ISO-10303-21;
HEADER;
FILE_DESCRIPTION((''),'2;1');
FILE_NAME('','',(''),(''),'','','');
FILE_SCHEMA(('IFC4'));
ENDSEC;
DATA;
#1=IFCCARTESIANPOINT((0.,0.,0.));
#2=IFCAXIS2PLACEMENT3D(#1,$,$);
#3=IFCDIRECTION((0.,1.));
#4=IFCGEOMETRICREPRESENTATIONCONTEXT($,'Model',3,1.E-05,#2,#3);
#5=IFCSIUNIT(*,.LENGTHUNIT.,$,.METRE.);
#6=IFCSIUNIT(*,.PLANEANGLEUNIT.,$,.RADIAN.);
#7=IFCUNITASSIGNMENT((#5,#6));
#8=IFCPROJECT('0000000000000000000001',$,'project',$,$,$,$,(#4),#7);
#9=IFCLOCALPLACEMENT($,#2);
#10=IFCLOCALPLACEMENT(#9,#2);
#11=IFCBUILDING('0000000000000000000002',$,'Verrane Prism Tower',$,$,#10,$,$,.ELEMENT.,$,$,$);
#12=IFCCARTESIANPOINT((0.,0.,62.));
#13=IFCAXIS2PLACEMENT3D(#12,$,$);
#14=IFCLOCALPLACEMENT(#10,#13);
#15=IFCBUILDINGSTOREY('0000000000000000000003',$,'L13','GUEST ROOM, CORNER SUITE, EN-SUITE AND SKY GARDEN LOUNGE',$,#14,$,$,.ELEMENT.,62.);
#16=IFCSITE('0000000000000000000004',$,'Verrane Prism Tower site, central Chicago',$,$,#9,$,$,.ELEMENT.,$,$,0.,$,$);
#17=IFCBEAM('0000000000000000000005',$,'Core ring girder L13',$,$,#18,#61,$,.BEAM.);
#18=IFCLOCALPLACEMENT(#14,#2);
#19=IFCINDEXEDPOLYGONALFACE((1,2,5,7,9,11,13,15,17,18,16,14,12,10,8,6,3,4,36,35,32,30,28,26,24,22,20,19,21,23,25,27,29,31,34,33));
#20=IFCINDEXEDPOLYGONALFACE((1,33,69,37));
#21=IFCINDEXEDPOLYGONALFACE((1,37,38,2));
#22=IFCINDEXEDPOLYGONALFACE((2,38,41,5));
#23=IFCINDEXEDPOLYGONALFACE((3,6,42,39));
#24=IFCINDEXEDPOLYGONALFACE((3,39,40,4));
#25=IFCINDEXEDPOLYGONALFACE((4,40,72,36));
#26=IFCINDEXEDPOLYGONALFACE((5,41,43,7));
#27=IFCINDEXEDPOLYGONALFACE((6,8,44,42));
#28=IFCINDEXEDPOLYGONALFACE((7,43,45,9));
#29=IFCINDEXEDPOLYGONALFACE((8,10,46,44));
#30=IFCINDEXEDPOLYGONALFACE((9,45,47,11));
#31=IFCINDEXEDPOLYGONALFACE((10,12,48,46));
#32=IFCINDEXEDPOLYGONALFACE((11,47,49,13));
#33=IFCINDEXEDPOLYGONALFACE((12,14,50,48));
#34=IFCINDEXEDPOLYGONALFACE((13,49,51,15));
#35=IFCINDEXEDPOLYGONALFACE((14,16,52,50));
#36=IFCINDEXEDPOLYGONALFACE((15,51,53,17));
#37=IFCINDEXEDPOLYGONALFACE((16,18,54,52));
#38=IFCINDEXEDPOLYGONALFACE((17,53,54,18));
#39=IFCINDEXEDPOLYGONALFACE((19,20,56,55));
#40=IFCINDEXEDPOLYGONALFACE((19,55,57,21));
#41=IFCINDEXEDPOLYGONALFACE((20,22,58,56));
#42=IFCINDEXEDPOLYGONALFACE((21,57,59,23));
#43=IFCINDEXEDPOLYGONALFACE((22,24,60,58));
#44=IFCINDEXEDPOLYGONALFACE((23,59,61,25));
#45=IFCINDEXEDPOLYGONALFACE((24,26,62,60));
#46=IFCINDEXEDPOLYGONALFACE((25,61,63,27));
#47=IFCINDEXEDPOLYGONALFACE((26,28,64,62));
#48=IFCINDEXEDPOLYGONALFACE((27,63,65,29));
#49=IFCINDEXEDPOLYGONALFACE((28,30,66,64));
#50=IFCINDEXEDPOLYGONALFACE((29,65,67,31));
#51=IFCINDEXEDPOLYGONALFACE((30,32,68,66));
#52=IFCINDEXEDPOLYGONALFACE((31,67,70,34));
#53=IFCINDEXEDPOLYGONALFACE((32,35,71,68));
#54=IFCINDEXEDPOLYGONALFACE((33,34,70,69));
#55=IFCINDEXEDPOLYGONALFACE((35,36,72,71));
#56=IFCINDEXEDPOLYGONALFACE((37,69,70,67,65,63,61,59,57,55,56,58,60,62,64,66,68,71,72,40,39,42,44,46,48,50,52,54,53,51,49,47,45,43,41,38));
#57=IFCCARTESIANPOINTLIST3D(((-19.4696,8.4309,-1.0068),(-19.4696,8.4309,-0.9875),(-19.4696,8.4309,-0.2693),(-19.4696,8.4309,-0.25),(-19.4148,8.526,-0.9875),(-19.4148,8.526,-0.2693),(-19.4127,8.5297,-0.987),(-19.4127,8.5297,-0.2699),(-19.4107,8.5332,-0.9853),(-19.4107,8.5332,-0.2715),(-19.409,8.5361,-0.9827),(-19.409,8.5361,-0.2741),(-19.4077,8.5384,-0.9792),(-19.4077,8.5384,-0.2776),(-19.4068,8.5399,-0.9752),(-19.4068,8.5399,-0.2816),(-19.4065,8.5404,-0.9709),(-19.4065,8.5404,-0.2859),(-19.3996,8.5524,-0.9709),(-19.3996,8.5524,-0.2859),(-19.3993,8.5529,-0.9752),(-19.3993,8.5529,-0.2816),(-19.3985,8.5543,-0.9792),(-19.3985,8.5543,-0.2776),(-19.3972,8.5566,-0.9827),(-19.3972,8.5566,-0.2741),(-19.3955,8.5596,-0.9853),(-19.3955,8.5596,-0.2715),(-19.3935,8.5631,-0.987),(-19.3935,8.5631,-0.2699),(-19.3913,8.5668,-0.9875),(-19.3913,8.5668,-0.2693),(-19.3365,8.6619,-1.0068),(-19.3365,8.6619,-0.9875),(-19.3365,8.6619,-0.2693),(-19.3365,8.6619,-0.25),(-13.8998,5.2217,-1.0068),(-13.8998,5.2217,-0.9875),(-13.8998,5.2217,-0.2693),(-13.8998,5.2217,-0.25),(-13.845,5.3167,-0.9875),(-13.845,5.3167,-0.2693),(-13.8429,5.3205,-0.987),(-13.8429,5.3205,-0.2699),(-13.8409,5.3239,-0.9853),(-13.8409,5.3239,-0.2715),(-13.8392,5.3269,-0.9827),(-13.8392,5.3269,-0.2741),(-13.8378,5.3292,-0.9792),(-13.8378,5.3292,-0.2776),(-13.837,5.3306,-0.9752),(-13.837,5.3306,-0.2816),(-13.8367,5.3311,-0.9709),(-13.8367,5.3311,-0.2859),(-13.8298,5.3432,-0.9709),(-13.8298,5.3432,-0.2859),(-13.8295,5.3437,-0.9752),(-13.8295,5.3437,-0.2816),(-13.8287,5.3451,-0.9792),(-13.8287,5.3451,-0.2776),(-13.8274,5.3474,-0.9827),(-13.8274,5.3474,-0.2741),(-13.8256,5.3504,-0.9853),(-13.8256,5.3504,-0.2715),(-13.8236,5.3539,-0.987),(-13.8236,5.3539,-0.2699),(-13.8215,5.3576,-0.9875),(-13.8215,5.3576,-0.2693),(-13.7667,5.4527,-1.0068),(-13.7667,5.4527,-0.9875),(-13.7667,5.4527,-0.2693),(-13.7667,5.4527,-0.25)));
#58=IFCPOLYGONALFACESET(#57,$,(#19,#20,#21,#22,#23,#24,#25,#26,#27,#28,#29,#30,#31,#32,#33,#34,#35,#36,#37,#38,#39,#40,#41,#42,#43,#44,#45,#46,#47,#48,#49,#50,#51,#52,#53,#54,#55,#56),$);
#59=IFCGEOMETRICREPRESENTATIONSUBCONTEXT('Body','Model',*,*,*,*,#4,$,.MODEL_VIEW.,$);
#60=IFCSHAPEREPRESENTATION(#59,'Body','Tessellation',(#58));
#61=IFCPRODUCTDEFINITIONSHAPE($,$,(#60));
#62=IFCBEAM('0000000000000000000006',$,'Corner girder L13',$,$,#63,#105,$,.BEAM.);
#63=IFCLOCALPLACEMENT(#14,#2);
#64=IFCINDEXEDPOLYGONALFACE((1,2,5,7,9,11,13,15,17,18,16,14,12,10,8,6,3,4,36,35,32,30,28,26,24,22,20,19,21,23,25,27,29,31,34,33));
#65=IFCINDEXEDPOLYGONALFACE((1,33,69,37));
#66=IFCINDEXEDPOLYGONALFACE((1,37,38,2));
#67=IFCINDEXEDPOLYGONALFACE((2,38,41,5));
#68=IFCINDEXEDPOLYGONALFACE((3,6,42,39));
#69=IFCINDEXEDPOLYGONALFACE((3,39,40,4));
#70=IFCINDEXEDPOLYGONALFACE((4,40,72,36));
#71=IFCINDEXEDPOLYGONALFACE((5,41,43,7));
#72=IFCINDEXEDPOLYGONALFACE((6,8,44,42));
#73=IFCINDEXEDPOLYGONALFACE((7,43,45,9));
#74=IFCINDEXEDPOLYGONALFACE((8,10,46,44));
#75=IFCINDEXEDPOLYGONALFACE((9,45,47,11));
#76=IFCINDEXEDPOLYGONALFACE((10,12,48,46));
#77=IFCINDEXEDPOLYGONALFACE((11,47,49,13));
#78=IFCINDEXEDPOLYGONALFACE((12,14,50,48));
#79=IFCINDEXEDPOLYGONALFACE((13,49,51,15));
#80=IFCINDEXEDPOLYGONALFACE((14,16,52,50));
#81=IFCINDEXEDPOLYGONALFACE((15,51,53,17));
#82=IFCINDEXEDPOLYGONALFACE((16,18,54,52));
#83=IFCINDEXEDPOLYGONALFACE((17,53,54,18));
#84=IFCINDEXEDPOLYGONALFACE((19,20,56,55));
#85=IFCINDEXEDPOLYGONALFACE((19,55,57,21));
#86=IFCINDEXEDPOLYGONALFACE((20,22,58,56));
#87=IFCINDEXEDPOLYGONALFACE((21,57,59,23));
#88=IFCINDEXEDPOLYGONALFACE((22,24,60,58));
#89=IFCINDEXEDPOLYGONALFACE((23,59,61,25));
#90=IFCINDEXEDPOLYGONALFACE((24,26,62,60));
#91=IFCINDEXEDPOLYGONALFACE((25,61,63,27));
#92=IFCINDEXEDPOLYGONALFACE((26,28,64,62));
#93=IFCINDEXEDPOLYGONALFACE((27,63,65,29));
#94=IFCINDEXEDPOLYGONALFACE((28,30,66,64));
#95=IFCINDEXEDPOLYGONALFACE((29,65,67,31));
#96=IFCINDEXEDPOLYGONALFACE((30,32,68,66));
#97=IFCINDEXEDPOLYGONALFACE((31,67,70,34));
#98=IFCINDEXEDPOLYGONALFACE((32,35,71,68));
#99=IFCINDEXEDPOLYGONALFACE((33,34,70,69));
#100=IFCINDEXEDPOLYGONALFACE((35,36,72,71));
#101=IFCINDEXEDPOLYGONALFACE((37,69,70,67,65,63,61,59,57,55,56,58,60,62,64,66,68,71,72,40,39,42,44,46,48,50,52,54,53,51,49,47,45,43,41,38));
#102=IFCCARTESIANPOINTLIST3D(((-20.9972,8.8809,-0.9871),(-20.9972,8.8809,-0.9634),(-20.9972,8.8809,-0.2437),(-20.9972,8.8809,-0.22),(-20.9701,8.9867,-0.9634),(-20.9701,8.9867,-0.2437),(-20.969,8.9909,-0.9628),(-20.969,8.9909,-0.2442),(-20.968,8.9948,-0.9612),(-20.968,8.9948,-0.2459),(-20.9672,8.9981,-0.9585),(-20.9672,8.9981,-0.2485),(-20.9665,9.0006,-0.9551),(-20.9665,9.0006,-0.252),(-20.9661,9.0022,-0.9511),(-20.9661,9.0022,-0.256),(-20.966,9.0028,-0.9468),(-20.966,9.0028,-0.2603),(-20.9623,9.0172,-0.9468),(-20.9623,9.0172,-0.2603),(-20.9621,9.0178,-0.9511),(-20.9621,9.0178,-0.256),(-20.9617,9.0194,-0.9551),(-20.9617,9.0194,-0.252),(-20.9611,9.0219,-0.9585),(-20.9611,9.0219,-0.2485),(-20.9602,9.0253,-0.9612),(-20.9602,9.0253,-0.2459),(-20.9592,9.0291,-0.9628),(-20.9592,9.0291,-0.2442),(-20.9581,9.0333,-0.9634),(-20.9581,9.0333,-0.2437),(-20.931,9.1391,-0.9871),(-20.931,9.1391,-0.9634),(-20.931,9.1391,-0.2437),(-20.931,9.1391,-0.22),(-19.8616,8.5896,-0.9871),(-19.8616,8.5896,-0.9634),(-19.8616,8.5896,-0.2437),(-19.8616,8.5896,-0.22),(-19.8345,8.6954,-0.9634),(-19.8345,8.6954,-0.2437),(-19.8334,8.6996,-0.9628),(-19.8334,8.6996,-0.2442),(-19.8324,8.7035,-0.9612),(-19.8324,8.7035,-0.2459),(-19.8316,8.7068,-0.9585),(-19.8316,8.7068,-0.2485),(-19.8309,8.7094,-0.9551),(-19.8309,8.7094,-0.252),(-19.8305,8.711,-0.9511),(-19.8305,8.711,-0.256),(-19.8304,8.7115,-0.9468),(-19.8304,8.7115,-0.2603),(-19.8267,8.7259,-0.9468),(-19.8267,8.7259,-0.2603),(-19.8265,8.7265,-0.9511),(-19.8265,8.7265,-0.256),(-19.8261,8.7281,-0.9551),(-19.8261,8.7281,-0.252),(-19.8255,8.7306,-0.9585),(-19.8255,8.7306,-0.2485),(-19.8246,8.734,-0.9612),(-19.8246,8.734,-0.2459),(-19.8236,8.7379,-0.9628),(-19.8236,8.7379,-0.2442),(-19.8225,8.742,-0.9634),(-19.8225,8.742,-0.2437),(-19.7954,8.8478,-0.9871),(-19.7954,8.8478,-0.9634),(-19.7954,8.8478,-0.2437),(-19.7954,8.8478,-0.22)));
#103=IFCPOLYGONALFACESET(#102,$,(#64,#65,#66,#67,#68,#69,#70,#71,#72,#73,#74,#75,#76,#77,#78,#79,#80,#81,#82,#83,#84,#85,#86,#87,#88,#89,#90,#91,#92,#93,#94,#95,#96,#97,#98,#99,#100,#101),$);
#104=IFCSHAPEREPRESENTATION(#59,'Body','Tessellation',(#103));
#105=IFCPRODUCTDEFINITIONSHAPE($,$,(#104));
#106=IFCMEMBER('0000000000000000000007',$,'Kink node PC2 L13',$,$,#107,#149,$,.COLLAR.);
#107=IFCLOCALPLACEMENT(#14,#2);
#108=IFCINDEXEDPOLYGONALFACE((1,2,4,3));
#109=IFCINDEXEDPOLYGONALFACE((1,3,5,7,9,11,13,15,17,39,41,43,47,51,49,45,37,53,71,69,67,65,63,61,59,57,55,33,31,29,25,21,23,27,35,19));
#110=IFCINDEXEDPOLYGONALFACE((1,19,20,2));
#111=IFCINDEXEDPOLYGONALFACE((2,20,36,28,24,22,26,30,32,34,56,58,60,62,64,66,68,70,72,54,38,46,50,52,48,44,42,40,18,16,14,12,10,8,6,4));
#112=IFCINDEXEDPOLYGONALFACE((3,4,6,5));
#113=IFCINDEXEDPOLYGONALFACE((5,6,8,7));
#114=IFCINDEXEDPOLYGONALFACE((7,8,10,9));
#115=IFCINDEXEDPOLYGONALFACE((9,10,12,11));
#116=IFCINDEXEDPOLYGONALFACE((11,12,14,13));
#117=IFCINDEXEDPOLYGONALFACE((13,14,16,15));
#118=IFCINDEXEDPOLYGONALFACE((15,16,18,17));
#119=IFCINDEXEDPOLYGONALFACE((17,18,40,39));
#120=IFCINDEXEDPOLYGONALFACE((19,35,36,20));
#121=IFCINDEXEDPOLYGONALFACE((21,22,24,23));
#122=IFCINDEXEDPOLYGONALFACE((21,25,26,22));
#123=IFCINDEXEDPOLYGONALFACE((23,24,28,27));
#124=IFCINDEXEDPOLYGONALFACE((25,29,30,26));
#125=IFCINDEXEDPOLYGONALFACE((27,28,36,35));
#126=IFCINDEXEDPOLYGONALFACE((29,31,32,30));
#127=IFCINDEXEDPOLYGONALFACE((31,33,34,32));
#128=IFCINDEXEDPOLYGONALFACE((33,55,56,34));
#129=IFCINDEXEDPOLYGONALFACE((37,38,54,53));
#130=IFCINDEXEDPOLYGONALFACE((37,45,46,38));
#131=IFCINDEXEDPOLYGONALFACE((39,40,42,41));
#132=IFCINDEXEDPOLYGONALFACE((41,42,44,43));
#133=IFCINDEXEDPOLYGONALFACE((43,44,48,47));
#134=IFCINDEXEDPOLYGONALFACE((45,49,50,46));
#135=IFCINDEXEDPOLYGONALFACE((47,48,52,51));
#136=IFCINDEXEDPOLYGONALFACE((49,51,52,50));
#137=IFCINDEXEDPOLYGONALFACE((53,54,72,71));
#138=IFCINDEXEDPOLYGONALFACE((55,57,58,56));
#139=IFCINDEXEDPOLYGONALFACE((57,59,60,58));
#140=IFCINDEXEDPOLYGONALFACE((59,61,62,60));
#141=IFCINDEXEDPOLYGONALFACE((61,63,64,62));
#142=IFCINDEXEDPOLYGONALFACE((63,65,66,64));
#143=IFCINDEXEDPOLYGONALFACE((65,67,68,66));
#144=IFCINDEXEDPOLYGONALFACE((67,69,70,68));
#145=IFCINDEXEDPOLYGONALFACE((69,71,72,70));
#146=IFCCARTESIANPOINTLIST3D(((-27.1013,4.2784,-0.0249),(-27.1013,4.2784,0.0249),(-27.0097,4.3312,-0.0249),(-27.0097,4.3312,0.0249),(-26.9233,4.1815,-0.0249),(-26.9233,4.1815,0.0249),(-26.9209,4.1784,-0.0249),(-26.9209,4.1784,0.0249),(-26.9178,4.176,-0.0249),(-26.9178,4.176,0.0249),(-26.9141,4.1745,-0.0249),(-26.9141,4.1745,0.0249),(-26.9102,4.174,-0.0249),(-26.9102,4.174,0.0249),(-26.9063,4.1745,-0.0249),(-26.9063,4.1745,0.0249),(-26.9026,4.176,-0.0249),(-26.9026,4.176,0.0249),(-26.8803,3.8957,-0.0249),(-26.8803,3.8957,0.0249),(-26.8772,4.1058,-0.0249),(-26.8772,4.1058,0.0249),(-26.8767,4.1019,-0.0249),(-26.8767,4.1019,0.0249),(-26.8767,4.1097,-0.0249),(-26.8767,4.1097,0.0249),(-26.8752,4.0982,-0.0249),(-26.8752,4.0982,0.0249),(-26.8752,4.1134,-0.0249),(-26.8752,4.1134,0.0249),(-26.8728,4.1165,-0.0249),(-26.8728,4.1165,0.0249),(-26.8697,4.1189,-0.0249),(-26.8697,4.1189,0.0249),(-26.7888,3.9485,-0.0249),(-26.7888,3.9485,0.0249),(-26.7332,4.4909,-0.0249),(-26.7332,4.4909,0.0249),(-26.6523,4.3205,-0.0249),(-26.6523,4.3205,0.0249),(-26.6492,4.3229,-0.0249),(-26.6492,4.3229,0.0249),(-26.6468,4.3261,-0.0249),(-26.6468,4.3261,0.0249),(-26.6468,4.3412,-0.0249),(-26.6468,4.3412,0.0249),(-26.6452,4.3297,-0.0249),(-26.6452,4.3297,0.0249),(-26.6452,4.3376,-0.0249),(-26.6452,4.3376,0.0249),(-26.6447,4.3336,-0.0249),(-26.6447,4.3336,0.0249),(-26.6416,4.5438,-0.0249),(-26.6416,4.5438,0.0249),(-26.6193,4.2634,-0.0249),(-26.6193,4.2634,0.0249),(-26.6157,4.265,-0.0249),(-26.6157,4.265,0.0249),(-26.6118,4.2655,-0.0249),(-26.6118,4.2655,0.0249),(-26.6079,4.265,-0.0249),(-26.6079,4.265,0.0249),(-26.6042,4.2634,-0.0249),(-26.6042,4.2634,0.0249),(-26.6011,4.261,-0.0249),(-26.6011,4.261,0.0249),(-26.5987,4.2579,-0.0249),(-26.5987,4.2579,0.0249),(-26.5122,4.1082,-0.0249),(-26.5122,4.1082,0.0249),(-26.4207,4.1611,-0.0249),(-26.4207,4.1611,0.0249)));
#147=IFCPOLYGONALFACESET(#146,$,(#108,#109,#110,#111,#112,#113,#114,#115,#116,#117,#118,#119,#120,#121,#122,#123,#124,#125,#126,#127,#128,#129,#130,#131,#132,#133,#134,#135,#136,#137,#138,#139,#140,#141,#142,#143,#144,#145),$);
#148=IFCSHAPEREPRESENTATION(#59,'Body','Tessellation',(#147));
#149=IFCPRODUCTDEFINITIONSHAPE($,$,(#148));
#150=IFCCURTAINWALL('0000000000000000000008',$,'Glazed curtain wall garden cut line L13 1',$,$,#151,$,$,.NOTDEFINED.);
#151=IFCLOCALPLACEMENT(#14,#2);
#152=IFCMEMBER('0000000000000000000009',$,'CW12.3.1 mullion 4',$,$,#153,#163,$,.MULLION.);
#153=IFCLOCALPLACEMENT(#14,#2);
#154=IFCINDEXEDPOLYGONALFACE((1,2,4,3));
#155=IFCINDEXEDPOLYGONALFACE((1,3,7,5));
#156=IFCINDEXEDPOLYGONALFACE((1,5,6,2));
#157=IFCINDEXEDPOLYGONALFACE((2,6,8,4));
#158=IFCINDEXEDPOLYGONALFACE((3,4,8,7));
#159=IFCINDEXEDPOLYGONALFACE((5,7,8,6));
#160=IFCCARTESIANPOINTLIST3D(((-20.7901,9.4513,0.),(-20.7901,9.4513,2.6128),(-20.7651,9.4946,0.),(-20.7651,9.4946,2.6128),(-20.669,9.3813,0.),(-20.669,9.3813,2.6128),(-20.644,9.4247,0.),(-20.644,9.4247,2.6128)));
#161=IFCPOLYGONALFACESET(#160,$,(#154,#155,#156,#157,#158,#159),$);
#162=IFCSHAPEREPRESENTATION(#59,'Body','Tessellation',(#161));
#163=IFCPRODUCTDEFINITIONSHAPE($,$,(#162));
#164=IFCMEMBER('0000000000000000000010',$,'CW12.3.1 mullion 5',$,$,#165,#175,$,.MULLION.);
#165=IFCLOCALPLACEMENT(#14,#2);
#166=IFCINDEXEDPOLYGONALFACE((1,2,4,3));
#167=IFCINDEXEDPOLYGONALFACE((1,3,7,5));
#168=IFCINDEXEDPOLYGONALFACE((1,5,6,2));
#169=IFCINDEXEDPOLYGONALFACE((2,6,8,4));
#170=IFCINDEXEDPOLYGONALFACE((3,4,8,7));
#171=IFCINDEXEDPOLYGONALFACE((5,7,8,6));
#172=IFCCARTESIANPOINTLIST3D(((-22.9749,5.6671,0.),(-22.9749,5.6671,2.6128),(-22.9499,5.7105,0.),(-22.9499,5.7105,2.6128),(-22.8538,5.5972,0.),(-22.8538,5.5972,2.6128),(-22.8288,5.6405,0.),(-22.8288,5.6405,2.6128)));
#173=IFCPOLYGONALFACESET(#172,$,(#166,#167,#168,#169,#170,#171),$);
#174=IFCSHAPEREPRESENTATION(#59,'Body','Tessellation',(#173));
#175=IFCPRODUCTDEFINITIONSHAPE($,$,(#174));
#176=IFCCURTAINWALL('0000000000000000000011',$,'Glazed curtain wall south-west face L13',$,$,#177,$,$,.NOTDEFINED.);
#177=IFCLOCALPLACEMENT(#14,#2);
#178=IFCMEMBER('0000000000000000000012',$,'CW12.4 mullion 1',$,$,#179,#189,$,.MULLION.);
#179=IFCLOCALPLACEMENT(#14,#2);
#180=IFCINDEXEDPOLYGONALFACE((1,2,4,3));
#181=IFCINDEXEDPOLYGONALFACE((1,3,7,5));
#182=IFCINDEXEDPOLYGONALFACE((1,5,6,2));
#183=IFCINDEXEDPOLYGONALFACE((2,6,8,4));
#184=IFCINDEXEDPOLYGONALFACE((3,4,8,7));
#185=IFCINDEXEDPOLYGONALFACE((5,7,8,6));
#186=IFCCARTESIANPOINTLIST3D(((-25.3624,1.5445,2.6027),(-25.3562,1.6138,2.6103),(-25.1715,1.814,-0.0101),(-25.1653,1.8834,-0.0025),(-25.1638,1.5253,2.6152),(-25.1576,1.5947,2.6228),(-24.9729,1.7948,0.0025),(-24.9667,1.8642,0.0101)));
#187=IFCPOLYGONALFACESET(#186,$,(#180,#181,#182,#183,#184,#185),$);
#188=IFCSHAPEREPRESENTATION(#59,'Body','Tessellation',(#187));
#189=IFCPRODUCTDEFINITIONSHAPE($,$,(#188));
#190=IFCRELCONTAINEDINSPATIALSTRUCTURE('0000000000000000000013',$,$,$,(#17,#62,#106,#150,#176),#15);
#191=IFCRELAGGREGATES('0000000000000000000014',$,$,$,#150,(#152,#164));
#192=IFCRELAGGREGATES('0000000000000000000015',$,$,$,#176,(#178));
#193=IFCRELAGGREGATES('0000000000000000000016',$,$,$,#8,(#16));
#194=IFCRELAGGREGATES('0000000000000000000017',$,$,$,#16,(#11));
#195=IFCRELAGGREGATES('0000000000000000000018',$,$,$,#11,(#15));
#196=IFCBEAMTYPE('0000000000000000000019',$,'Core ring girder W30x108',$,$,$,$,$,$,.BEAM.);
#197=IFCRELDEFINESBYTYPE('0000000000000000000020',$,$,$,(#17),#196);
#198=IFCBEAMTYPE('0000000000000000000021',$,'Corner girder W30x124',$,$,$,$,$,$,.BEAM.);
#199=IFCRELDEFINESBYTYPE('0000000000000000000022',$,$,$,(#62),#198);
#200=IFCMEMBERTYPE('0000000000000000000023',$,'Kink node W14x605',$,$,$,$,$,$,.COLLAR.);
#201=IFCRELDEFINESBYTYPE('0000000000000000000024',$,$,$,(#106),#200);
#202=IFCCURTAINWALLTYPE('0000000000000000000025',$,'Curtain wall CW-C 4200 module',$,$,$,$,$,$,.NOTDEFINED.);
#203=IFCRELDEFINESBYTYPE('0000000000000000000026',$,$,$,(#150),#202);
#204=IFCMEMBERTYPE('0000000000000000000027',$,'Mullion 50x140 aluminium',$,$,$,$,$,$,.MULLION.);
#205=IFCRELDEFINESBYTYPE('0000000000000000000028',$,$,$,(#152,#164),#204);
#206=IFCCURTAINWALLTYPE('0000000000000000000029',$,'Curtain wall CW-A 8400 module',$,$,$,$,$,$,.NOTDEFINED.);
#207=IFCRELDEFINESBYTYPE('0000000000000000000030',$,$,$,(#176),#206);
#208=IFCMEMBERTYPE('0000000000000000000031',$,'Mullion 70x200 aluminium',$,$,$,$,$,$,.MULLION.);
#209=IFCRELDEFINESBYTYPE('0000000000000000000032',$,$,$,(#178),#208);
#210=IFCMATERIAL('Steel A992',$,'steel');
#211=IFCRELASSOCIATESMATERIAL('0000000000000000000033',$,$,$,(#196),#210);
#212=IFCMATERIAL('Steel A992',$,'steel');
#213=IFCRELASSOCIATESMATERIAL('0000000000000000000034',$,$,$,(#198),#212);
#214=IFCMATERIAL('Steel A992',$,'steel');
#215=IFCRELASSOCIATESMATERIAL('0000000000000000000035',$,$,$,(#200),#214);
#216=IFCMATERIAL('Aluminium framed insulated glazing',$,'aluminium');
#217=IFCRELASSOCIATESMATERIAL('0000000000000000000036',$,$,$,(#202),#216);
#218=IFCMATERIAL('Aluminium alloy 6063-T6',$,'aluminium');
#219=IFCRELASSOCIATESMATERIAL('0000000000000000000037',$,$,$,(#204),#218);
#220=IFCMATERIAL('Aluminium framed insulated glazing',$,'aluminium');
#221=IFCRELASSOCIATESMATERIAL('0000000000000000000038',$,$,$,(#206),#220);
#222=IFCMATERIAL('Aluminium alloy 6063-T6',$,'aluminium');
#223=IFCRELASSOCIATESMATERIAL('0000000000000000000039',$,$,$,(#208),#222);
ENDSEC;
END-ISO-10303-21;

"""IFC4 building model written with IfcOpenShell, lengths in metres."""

from ifc_helpers import new_model, si_unit, direction, frame, origin, origin_2d, place, context, subcontext, project, spatial, rectangle, i_section, extrude, material, material_profile, profile_set, type_object, element, aggregate, save


model = new_model("IFC4")

# Units and contexts
model_context = context("Model", 3, precision=1e-05, world=origin(), true_north=direction((0.0, 1.0)))
body_context = subcontext(model_context, "Body", "Model", "MODEL_VIEW")
ifc_project = project(units=[si_unit("LENGTHUNIT", "METRE"), si_unit("PLANEANGLEUNIT", "RADIAN")], contexts=[model_context])

# Site, building, storey
site_placement = place(None, origin())
site = spatial("IfcSite", under=ifc_project, at=site_placement, Name="Verrane Prism Tower site, central Chicago", CompositionType="ELEMENT", RefElevation=0.0)
building_placement = place(site_placement, origin())
building = spatial("IfcBuilding", under=site, at=building_placement, Name="Verrane Prism Tower", CompositionType="ELEMENT")
storey_placement = place(building_placement, frame((0.0, 0.0, 62.0)))
storey = spatial("IfcBuildingStorey", under=building, at=storey_placement, Name="L13", Description="GUEST ROOM, CORNER SUITE, EN-SUITE AND SKY GARDEN LOUNGE", CompositionType="ELEMENT", Elevation=62.0)

# Beams
ifc_material_1 = material(Name="Steel A992", Category="steel")
ifc_material_profile_1 = material_profile(ifc_material_1, i_section(OverallWidth=0.2666, OverallDepth=0.7568, WebThickness=0.0139, FlangeThickness=0.0193, FilletRadius=0.0166, at=origin_2d()), Name="W30x108")
ifc_profile_set_1 = profile_set([ifc_material_profile_1], Name="Steel A992")
beam_type_1 = type_object("IfcBeamType", Name="Core ring girder W30x108", PredefinedType="BEAM", material=ifc_profile_set_1)
beam_1_placement = place(storey_placement, frame((-19.4031, 8.5464, -0.6284), z_axis=(0.866464, -0.49924, 0.0), x_axis=(0.49924, 0.866464, 0.0)))
element("IfcBeam", 1, at=beam_1_placement, inside=storey, type_object=beam_type_1, Name="Core ring girder L13", PredefinedType="BEAM", context=body_context, shape_type="SweptSolid", body=[
    extrude(i_section(OverallWidth=0.2666, OverallDepth=0.7568, WebThickness=0.0139, FlangeThickness=0.0193, FilletRadius=0.0166, at=origin_2d()), origin(), (0.0, 0.0, 1.0), 6.4282),
])
ifc_material_2 = material(Name="Steel A992", Category="steel")
ifc_material_profile_2 = material_profile(ifc_material_2, i_section(OverallWidth=0.2666, OverallDepth=0.7671, WebThickness=0.0149, FlangeThickness=0.0237, FilletRadius=0.0166, at=origin_2d()), Name="W30x124")
ifc_profile_set_2 = profile_set([ifc_material_profile_2], Name="Steel A992")
beam_type_2 = type_object("IfcBeamType", Name="Corner girder W30x124", PredefinedType="BEAM", material=ifc_profile_set_2)
beam_2_placement = place(storey_placement, frame((-20.9641, 9.01, -0.6035), z_axis=(0.968642, -0.248461, 0.0), x_axis=(0.248461, 0.968642, 0.0)))
element("IfcBeam", 2, at=beam_2_placement, inside=storey, type_object=beam_type_2, Name="Corner girder L13", PredefinedType="BEAM", context=body_context, shape_type="SweptSolid", body=[
    extrude(i_section(OverallWidth=0.2666, OverallDepth=0.7671, WebThickness=0.0149, FlangeThickness=0.0237, FilletRadius=0.0166, at=origin_2d()), origin(), (0.0, 0.0, 1.0), 1.1724),
])

# Member
ifc_material_3 = material(Name="Steel A992", Category="steel")
ifc_material_profile_3 = material_profile(ifc_material_3, i_section(OverallWidth=0.4419, OverallDepth=0.5308, WebThickness=0.0659, FlangeThickness=0.1057, FilletRadius=0.0151, at=origin_2d()), Name="W14x605")
ifc_profile_set_3 = profile_set([ifc_material_profile_3], Name="Steel A992")
member_type_1 = type_object("IfcMemberType", Name="Kink node W14x605", PredefinedType="COLLAR", material=ifc_profile_set_3)
member_1_placement = place(storey_placement, frame((-26.761, 4.2197, -0.0249), z_axis=(0.0, 0.0, 1.0), x_axis=(-0.5, 0.866025, 0.0)))
element("IfcMember", 3, at=member_1_placement, inside=storey, type_object=member_type_1, Name="Kink node PC2 L13", PredefinedType="COLLAR", context=body_context, shape_type="SweptSolid", body=[
    extrude(i_section(OverallWidth=0.4419, OverallDepth=0.5308, WebThickness=0.0659, FlangeThickness=0.1057, FilletRadius=0.0151, at=origin_2d()), origin(), (0.0, 0.0, 1.0), 0.0498),
])

# Curtain wall, members
ifc_material_4 = material(Name="Aluminium framed insulated glazing", Category="aluminium")
curtain_wall_type_1 = type_object("IfcCurtainWallType", Name="Curtain wall CW-C 4200 module", PredefinedType="NOTDEFINED", material=ifc_material_4)
curtain_wall_1_placement = place(storey_placement, origin())
curtain_wall_1 = element("IfcCurtainWall", 4, at=curtain_wall_1_placement, inside=storey, type_object=curtain_wall_type_1, Name="Glazed curtain wall garden cut line L13 1", PredefinedType="NOTDEFINED")
ifc_material_5 = material(Name="Aluminium alloy 6063-T6", Category="aluminium")
ifc_material_profile_4 = material_profile(ifc_material_5, rectangle(XDim=0.1399, YDim=0.05, at=origin_2d()), Name="Mullion 50x140 aluminium")
ifc_profile_set_4 = profile_set([ifc_material_profile_4], Name="Aluminium alloy 6063-T6")
member_type_2 = type_object("IfcMemberType", Name="Mullion 50x140 aluminium", PredefinedType="MULLION", material=ifc_profile_set_4)
member_2_placement = place(storey_placement, frame((-20.717, 9.438, 0.0), z_axis=(0.0, 0.0, 1.0), x_axis=(0.866026, -0.499999, 0.0)))
member_2 = element("IfcMember", 5, at=member_2_placement, type_object=member_type_2, Name="CW12.3.1 mullion 4", PredefinedType="MULLION", context=body_context, shape_type="SweptSolid", body=[
    extrude(rectangle(XDim=0.1399, YDim=0.05, at=origin_2d()), origin(), (0.0, 0.0, 1.0), 2.6128),
])
member_3_placement = place(storey_placement, frame((-22.9019, 5.6538, 0.0), z_axis=(0.0, 0.0, 1.0), x_axis=(0.866026, -0.499999, 0.0)))
member_3 = element("IfcMember", 6, at=member_3_placement, type_object=member_type_2, Name="CW12.3.1 mullion 5", PredefinedType="MULLION", context=body_context, shape_type="SweptSolid", body=[
    extrude(rectangle(XDim=0.1399, YDim=0.05, at=origin_2d()), origin(), (0.0, 0.0, 1.0), 2.6128),
])

# Curtain wall, member
ifc_material_6 = material(Name="Aluminium framed insulated glazing", Category="aluminium")
curtain_wall_type_2 = type_object("IfcCurtainWallType", Name="Curtain wall CW-A 8400 module", PredefinedType="NOTDEFINED", material=ifc_material_6)
curtain_wall_2_placement = place(storey_placement, origin())
curtain_wall_2 = element("IfcCurtainWall", 7, at=curtain_wall_2_placement, inside=storey, type_object=curtain_wall_type_2, Name="Glazed curtain wall south-west face L13", PredefinedType="NOTDEFINED")
ifc_material_7 = material(Name="Aluminium alloy 6063-T6", Category="aluminium")
ifc_material_profile_5 = material_profile(ifc_material_7, rectangle(XDim=0.2, YDim=0.0701, at=origin_2d()), Name="Mullion 70x200 aluminium")
ifc_profile_set_5 = profile_set([ifc_material_profile_5], Name="Aluminium alloy 6063-T6")
member_type_3 = type_object("IfcMemberType", Name="Mullion 70x200 aluminium", PredefinedType="MULLION", material=ifc_profile_set_5)
member_4_placement = place(storey_placement, frame((-25.0691, 1.8391, 0.0), z_axis=(-0.072493, -0.102344, 0.992104), x_axis=(0.993425, -0.095787, 0.062709)))
member_4 = element("IfcMember", 8, at=member_4_placement, type_object=member_type_3, Name="CW12.4 mullion 1", PredefinedType="MULLION", context=body_context, shape_type="SweptSolid", body=[
    extrude(rectangle(XDim=0.2, YDim=0.0701, at=origin_2d()), origin(), (0.0, 0.0, 1.0), 2.6335),
])

aggregate(curtain_wall_1, [member_2, member_3])
aggregate(curtain_wall_2, [member_4])

save(model, "model.ifc")
